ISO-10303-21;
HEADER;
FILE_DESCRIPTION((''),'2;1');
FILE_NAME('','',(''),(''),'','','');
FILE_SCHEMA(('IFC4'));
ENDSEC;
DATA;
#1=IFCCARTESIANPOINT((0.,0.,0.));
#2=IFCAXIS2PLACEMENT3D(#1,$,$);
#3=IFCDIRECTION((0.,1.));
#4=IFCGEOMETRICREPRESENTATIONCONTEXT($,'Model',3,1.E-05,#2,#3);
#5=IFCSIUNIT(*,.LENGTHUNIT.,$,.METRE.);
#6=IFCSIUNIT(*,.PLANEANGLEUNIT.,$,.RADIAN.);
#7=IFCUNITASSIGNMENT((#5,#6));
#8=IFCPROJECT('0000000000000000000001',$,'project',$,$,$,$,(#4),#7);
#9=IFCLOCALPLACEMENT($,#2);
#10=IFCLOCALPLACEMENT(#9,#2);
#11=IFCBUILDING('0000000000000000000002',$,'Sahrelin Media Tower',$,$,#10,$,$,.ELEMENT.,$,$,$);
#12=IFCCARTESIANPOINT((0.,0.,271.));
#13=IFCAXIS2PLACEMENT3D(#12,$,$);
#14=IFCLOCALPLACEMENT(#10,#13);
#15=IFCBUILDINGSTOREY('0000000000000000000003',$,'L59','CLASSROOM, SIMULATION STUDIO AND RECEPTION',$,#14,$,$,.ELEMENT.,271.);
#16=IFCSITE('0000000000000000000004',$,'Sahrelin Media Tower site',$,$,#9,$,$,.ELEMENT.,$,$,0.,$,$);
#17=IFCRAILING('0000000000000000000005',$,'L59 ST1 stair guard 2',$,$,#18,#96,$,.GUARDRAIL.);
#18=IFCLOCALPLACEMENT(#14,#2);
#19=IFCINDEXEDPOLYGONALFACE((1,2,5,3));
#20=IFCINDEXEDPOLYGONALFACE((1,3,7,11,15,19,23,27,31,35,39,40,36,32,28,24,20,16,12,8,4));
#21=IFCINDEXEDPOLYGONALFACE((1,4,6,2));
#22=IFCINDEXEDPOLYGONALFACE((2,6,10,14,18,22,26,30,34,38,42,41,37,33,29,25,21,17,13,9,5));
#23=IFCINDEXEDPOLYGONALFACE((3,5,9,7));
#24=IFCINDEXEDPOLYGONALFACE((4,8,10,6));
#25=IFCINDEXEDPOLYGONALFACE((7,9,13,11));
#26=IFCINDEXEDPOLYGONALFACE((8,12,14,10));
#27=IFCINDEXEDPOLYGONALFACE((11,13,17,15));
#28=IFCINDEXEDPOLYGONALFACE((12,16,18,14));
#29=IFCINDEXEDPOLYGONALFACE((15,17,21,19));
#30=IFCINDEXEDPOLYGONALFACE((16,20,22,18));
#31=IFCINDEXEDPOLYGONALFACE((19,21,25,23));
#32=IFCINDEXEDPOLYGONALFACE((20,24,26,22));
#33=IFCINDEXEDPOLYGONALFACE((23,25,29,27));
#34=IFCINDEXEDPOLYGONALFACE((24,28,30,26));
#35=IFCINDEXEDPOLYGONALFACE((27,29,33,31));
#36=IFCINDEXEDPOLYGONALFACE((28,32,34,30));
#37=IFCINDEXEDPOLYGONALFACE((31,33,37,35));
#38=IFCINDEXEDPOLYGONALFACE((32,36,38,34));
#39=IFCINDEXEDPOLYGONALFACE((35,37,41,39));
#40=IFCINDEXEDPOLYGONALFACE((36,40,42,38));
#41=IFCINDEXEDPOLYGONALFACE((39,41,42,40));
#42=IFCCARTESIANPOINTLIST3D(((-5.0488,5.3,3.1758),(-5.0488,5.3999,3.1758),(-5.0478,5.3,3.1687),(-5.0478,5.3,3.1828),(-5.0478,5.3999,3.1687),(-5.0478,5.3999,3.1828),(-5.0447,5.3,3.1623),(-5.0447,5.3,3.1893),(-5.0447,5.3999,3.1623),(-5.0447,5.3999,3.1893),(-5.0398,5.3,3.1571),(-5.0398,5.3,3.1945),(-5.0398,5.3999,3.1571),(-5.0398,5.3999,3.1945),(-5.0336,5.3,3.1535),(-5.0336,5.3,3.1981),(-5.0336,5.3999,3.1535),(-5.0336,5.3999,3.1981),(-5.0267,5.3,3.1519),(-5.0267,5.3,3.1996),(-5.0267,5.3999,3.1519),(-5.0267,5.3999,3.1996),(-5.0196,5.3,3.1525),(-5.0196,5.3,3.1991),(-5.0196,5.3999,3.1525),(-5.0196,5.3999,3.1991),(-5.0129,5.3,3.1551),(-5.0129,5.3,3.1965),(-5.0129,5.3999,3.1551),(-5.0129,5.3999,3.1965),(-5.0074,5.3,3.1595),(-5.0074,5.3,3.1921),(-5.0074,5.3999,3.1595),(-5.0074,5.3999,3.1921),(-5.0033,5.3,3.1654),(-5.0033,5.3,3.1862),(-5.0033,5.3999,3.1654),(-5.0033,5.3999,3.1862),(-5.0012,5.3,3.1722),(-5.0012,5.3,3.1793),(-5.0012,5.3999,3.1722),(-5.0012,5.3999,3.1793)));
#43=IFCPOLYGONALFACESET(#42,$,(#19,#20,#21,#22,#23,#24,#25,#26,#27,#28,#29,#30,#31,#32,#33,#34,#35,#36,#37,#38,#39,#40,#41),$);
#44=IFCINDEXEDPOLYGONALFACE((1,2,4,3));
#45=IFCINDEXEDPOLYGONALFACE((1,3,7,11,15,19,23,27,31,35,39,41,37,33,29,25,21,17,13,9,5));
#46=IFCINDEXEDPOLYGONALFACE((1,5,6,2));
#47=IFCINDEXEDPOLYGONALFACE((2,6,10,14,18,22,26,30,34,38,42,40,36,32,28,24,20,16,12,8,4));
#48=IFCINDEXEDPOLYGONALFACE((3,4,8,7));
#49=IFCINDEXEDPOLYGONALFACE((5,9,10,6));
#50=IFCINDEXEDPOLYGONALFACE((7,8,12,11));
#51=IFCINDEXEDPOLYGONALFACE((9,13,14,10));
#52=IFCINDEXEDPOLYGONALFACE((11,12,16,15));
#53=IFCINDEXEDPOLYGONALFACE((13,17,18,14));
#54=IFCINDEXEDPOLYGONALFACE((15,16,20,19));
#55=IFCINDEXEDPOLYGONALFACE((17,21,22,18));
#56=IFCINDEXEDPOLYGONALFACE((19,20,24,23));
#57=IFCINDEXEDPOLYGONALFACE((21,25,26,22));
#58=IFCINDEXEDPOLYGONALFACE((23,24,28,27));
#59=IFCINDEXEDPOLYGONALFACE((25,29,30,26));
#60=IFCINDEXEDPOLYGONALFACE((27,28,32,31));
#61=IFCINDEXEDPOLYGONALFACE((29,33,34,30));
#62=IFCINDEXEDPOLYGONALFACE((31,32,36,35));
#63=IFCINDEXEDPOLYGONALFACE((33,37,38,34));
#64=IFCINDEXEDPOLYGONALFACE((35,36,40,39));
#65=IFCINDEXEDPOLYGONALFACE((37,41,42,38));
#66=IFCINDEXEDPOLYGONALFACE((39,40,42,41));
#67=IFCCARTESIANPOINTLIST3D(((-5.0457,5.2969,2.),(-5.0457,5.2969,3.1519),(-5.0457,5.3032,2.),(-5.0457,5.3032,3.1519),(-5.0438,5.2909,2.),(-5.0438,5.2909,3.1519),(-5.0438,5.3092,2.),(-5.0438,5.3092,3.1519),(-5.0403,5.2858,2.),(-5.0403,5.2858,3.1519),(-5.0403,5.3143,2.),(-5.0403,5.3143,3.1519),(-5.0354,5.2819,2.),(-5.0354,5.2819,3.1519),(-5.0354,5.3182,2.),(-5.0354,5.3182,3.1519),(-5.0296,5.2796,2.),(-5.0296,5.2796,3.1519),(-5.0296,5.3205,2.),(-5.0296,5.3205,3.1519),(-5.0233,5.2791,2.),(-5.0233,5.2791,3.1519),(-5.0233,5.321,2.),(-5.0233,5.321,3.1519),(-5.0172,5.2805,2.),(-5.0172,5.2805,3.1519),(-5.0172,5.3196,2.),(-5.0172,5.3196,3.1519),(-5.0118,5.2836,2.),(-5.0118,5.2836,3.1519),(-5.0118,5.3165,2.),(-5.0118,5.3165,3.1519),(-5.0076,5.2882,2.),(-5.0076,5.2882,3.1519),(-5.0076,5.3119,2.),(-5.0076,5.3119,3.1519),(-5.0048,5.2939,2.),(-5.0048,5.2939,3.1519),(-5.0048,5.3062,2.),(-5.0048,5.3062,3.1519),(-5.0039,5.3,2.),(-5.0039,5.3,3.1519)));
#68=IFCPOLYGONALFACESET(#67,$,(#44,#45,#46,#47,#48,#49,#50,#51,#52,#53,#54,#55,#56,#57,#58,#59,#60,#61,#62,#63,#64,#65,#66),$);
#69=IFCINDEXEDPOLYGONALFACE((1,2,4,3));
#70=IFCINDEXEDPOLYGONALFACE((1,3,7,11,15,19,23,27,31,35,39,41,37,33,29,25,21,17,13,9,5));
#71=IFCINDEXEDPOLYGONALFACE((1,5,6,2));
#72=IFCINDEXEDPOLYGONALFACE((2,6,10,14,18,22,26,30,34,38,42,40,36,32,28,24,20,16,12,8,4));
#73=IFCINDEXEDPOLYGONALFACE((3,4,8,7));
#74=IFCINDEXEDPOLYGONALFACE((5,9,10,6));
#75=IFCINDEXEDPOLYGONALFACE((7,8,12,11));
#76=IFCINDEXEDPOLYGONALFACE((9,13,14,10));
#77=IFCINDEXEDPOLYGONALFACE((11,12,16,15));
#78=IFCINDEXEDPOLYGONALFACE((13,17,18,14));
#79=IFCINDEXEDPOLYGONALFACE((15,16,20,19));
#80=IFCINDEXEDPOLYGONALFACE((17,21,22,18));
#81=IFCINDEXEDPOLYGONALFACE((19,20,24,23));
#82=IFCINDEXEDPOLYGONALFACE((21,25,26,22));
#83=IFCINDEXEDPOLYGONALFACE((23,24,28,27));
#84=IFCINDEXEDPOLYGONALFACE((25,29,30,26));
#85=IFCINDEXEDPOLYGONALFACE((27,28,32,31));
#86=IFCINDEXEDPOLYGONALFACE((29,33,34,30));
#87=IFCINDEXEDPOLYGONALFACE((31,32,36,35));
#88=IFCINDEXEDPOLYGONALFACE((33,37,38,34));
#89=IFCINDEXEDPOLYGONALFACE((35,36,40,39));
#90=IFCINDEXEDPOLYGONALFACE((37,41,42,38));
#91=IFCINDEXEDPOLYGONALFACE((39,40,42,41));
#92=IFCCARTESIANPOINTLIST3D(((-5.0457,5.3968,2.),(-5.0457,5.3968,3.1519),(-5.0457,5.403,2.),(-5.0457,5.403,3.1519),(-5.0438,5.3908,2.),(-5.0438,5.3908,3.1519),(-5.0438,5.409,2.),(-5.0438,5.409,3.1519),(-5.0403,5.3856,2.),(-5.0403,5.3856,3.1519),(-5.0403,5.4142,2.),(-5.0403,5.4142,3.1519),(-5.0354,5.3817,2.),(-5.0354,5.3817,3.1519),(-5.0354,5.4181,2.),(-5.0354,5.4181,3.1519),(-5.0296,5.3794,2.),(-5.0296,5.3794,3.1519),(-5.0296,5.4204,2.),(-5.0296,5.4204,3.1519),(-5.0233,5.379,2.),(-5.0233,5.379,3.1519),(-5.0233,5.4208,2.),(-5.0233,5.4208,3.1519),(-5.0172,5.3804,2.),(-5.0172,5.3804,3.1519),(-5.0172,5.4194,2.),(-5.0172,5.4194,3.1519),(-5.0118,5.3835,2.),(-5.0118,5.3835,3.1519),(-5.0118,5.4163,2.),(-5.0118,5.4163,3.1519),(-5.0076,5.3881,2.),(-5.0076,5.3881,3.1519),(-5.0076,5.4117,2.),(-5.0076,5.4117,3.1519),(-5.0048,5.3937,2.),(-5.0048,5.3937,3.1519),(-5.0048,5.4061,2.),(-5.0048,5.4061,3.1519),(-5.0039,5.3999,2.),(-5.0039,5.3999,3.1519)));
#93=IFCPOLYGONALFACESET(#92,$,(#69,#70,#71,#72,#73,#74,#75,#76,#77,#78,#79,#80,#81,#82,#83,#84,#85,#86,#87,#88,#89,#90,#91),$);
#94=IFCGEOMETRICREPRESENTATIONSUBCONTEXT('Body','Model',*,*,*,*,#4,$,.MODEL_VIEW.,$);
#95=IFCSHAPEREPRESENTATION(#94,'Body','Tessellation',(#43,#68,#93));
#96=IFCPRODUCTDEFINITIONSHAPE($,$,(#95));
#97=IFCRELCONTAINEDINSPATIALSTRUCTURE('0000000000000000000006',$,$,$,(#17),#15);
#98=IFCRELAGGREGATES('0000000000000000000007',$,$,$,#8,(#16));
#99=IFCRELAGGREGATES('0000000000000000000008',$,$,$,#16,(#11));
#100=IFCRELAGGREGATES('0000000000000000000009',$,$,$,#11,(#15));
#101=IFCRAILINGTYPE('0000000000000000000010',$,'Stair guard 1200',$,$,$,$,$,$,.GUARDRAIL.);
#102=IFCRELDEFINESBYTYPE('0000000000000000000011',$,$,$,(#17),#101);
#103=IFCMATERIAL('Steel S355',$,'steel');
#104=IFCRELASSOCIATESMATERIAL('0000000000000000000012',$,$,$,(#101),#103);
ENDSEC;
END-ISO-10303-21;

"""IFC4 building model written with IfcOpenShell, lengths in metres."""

from ifc_helpers import new_model, si_unit, direction, frame, origin, origin_2d, place, context, subcontext, project, spatial, circle, extrude, material, type_object, element, save


model = new_model("IFC4")

# Units and contexts
model_context = context("Model", 3, precision=1e-05, world=origin(), true_north=direction((0.0, 1.0)))
body_context = subcontext(model_context, "Body", "Model", "MODEL_VIEW")
ifc_project = project(units=[si_unit("LENGTHUNIT", "METRE"), si_unit("PLANEANGLEUNIT", "RADIAN")], contexts=[model_context])

# Site, building, storey
site_placement = place(None, origin())
site = spatial("IfcSite", under=ifc_project, at=site_placement, Name="Sahrelin Media Tower site", CompositionType="ELEMENT", RefElevation=0.0)
building_placement = place(site_placement, origin())
building = spatial("IfcBuilding", under=site, at=building_placement, Name="Sahrelin Media Tower", CompositionType="ELEMENT")
storey_placement = place(building_placement, frame((0.0, 0.0, 271.0)))
storey = spatial("IfcBuildingStorey", under=building, at=storey_placement, Name="L59", Description="CLASSROOM, SIMULATION STUDIO AND RECEPTION", CompositionType="ELEMENT", Elevation=271.0)

# Shared definitions
ifc_material_1 = material(Name="Steel S355", Category="steel")

# Railing
railing_type_1 = type_object("IfcRailingType", Name="Stair guard 1200", PredefinedType="GUARDRAIL", material=ifc_material_1)
railing_1_placement = place(storey_placement, frame((-5.0249, 5.3, 2.0)))
element("IfcRailing", 1, at=railing_1_placement, inside=storey, type_object=railing_type_1, Name="L59 ST1 stair guard 2", PredefinedType="GUARDRAIL", context=body_context, shape_type="SweptSolid", body=[
    extrude(circle(Radius=0.0239, at=origin_2d()), frame((0.0, 0.0, 1.1758), z_axis=(0.0, 1.0, 0.0), x_axis=(-1.0, 0.0, 0.0)), (0.0, 0.0, 1.0), 0.0999),
    extrude(circle(Radius=0.021, at=origin_2d()), origin(), (0.0, 0.0, 1.0), 1.1519),
    extrude(circle(Radius=0.021, at=origin_2d()), frame((0.0, 0.0999, 0.0)), (0.0, 0.0, 1.0), 1.1519),
])

save(model, "model.ifc")
